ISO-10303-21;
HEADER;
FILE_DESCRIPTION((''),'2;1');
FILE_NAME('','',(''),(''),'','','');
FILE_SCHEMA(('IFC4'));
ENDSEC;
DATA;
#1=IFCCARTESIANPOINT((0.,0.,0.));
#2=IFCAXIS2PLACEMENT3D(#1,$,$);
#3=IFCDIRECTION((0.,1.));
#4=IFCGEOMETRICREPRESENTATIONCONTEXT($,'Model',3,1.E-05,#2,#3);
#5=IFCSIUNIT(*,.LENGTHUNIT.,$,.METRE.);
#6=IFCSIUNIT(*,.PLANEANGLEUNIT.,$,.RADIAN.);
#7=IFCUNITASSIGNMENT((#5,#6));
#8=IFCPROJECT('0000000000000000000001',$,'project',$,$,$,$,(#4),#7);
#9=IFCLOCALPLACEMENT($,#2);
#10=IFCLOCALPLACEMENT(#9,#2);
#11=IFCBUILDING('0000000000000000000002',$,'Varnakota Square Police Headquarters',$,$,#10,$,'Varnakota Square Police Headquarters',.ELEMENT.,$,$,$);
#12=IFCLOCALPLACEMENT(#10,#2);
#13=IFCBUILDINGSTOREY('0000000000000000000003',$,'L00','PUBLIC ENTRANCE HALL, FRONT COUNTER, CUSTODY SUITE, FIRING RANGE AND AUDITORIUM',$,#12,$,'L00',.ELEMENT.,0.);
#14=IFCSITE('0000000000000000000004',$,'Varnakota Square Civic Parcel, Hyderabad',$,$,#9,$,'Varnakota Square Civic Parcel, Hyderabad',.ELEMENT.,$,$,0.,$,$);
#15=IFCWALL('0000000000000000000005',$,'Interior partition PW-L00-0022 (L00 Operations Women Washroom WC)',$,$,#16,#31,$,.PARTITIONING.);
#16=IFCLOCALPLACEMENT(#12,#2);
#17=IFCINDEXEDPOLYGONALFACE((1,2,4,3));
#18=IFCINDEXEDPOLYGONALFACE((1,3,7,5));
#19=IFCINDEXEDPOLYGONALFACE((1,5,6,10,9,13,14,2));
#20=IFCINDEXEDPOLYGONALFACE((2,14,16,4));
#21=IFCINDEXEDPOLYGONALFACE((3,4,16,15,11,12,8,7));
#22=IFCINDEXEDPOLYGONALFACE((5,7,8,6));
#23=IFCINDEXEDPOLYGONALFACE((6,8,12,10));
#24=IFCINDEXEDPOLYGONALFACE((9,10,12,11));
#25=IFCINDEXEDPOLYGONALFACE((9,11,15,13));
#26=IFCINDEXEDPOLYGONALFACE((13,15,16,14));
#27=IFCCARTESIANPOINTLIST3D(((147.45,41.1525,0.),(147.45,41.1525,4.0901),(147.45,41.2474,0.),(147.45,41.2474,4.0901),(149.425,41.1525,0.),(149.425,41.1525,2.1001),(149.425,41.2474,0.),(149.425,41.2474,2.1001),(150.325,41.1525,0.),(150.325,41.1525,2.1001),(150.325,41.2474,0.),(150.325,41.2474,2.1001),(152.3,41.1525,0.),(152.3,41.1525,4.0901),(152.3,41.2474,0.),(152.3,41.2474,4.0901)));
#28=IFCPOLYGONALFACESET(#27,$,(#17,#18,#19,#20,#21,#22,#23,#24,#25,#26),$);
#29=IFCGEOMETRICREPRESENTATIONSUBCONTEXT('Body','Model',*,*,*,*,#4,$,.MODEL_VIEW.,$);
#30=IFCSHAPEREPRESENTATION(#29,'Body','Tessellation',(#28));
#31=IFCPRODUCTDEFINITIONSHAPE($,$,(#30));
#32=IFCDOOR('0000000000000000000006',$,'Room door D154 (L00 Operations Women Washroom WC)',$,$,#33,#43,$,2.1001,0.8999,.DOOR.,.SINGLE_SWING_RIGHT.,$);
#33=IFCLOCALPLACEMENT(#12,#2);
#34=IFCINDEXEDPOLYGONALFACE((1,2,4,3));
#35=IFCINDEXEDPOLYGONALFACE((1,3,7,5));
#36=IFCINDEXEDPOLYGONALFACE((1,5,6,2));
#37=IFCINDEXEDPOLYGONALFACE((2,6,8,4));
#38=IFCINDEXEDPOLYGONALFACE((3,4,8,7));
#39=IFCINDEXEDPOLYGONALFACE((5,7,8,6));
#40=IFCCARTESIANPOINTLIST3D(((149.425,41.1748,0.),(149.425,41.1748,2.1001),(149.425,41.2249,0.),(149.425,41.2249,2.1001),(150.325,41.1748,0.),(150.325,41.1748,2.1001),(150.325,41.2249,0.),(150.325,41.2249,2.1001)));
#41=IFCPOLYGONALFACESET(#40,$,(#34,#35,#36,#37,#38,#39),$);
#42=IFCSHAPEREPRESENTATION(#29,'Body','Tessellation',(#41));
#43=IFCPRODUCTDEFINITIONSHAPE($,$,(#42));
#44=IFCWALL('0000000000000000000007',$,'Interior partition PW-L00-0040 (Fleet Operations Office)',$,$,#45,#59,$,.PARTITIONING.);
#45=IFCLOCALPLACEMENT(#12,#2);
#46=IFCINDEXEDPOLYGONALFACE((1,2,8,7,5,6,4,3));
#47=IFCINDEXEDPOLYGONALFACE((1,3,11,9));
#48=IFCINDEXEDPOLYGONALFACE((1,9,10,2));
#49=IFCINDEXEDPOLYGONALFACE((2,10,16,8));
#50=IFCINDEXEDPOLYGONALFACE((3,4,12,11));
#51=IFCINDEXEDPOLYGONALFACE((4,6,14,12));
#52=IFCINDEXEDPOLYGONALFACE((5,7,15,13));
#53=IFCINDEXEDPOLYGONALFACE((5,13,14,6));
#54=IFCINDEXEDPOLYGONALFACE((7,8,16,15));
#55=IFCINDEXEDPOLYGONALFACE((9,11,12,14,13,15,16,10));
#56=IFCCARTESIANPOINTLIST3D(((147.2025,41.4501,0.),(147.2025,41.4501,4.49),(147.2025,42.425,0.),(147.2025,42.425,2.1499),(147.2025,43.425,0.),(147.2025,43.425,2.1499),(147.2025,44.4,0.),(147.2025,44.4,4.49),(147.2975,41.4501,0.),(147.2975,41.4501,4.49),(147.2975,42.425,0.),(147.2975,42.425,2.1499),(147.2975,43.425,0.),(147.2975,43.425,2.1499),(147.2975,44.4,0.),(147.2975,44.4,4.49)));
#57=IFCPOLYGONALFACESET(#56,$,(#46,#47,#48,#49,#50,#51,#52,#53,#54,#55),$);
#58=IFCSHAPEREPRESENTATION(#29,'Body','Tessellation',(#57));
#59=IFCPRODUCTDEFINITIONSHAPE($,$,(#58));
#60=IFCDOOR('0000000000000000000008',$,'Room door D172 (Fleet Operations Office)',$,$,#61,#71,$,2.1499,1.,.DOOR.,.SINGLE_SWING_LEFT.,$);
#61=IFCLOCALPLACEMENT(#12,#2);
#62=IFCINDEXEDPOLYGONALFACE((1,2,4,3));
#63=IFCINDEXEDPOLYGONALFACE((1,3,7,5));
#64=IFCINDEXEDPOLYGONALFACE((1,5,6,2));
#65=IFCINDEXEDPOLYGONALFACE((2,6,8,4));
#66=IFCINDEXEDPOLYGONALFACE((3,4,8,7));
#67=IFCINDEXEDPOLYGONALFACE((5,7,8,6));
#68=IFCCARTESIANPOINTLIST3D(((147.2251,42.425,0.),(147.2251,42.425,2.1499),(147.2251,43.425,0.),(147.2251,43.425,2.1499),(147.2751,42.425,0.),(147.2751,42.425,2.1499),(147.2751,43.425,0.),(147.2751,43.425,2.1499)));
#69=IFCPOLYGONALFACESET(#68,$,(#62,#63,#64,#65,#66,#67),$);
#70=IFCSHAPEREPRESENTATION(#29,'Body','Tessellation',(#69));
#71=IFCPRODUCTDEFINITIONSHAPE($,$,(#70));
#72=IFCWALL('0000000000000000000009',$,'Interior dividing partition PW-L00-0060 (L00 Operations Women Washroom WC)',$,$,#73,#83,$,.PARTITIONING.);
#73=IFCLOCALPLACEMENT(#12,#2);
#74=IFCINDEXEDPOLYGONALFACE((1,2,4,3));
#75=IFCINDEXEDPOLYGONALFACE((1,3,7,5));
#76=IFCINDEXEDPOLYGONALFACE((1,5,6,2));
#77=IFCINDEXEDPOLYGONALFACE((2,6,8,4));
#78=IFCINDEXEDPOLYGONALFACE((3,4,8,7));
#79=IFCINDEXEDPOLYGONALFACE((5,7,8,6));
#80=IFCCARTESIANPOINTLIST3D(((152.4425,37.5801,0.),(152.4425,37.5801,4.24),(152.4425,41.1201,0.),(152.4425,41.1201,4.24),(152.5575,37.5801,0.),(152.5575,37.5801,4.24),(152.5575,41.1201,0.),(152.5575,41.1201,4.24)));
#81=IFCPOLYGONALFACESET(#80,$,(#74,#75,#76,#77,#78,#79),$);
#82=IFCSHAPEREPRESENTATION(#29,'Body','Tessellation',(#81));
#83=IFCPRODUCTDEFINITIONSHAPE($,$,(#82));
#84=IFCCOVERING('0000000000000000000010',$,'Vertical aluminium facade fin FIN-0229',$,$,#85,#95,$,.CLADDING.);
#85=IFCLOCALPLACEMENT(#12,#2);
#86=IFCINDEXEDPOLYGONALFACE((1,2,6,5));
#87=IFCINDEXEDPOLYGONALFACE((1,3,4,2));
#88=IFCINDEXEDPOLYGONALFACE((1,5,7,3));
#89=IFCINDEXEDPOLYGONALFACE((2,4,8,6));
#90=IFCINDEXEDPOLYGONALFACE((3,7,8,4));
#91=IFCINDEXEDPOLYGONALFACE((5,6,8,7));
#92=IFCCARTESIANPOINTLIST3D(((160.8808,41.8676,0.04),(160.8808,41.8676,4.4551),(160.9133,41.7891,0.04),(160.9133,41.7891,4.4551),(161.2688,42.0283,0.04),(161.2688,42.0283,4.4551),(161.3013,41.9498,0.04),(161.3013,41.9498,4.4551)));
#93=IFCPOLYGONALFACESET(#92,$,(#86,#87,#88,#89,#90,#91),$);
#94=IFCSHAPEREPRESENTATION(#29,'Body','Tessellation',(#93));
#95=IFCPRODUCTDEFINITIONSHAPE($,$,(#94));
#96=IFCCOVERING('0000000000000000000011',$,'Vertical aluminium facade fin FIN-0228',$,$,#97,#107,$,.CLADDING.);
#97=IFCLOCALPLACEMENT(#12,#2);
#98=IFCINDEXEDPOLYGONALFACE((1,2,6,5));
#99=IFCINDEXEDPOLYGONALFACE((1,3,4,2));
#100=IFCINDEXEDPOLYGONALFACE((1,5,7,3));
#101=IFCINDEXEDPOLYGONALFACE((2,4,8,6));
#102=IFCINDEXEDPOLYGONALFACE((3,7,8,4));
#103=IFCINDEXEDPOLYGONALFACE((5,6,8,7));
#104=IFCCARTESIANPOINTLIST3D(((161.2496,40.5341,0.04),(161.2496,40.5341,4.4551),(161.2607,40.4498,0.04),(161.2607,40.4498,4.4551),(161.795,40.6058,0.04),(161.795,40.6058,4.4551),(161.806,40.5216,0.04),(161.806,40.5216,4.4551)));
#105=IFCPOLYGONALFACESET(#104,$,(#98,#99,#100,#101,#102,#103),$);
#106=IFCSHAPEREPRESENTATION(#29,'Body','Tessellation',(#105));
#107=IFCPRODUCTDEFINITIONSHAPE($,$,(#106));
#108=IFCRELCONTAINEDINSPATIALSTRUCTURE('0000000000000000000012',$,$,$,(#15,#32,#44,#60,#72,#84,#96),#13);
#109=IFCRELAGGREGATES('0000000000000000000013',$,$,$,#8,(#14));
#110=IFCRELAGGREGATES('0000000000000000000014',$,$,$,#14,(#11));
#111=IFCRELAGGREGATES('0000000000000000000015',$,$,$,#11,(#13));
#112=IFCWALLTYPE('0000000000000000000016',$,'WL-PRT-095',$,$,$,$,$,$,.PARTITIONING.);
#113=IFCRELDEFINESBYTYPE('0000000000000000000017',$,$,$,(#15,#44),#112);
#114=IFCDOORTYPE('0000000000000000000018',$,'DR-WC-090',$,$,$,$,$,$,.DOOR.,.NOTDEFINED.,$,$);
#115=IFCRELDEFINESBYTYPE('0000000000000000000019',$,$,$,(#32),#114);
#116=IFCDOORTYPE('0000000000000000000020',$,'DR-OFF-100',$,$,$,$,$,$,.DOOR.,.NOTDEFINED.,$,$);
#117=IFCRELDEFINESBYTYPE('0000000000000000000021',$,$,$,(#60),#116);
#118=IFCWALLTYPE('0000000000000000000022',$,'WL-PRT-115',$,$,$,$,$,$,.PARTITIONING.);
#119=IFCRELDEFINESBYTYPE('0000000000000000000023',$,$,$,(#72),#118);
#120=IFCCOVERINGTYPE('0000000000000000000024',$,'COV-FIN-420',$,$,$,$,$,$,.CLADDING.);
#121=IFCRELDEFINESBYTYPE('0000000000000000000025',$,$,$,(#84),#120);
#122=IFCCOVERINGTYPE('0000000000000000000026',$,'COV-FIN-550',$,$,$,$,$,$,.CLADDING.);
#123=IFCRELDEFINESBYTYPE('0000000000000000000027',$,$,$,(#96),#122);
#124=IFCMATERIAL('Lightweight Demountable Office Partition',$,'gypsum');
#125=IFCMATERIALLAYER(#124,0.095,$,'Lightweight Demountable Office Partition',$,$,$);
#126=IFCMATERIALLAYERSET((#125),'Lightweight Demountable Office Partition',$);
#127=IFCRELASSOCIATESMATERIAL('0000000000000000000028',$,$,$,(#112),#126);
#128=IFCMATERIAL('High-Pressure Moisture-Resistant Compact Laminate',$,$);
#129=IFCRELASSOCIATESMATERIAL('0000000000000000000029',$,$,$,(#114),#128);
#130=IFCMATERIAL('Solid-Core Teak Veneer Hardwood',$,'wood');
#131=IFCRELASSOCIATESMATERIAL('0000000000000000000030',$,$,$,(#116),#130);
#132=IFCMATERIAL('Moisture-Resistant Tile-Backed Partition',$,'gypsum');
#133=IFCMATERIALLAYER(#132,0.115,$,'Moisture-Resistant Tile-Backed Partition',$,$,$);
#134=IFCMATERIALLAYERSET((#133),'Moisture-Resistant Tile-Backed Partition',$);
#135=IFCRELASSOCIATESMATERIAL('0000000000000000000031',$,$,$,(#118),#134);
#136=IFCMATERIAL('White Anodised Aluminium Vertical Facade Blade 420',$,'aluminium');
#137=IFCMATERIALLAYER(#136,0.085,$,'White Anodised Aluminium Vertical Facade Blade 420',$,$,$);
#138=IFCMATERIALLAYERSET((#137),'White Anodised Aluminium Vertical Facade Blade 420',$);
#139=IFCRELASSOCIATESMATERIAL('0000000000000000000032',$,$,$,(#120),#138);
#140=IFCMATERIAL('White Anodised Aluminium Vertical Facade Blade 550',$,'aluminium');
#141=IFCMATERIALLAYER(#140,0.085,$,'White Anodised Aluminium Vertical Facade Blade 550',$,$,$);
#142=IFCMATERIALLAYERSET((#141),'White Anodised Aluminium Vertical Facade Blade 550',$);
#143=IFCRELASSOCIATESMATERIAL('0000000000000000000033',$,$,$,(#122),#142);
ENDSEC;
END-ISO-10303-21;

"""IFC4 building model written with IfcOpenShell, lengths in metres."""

from ifc_helpers import new_model, si_unit, direction, frame, frame_2d, origin, origin_2d, place, context, subcontext, project, spatial, rectangle, extrude, material, layer, layer_set, type_object, element, fill, save


model = new_model("IFC4")

# Units and contexts
model_context = context("Model", 3, precision=1e-05, world=origin(), true_north=direction((0.0, 1.0)))
body_context = subcontext(model_context, "Body", "Model", "MODEL_VIEW")
ifc_project = project(units=[si_unit("LENGTHUNIT", "METRE"), si_unit("PLANEANGLEUNIT", "RADIAN")], contexts=[model_context])

# Site, building, storey
site_placement = place(None, origin())
site = spatial("IfcSite", under=ifc_project, at=site_placement, Name="Varnakota Square Civic Parcel, Hyderabad", LongName="Varnakota Square Civic Parcel, Hyderabad", CompositionType="ELEMENT", RefElevation=0.0)
building_placement = place(site_placement, origin())
building = spatial("IfcBuilding", under=site, at=building_placement, Name="Varnakota Square Police Headquarters", LongName="Varnakota Square Police Headquarters", CompositionType="ELEMENT")
storey_placement = place(building_placement, origin())
storey = spatial("IfcBuildingStorey", under=building, at=storey_placement, Name="L00", Description="PUBLIC ENTRANCE HALL, FRONT COUNTER, CUSTODY SUITE, FIRING RANGE AND AUDITORIUM", LongName="L00", CompositionType="ELEMENT", Elevation=0.0)

# Walls, openings, doors
ifc_material_1 = material(Name="Lightweight Demountable Office Partition", Category="gypsum")
ifc_layer_1 = layer(ifc_material_1, 0.095, Name="Lightweight Demountable Office Partition")
ifc_layer_set_1 = layer_set([ifc_layer_1], Name="Lightweight Demountable Office Partition")
wall_type_1 = type_object("IfcWallType", Name="WL-PRT-095", PredefinedType="PARTITIONING", material=ifc_layer_set_1)
wall_1_placement = place(storey_placement, frame((147.45, 41.2, 0.0), z_axis=(0.0, 0.0, 1.0), x_axis=(1.0, 0.0, 0.0)))
wall_1 = element("IfcWall", 1, at=wall_1_placement, inside=storey, type_object=wall_type_1, Name="Interior partition PW-L00-0022 (L00 Operations Women Washroom WC)", PredefinedType="PARTITIONING", context=body_context, shape_type="SweptSolid", body=[
    extrude(rectangle(XDim=4.8501, YDim=0.095, at=frame_2d((2.425, 0.0))), origin(), (0.0, 0.0, 1.0), 4.0901),
])
opening_1_placement = place(wall_1_placement, frame((1.9751, 0.0, 0.0)))
opening_1 = element("IfcOpeningElement", 2, at=opening_1_placement, cuts=wall_1, PredefinedType="OPENING", context=body_context, shape_type="SweptSolid", body=[
    extrude(rectangle(XDim=0.8999, YDim=2.1001, at=frame_2d((0.45, 1.05))), frame((0.0, 0.0574, 0.0), z_axis=(0.0, -1.0, 0.0), x_axis=(1.0, 0.0, 0.0)), (0.0, 0.0, 1.0), 0.115),
])
ifc_material_2 = material(Name="High-Pressure Moisture-Resistant Compact Laminate")
door_type_1 = type_object("IfcDoorType", Name="DR-WC-090", OperationType="NOTDEFINED", PredefinedType="DOOR", material=ifc_material_2)
door_1_placement = place(opening_1_placement, origin())
door_1 = element("IfcDoor", 3, at=door_1_placement, inside=storey, type_object=door_type_1, Name="Room door D154 (L00 Operations Women Washroom WC)", OperationType="SINGLE_SWING_RIGHT", OverallHeight=2.1001, OverallWidth=0.8999, PredefinedType="DOOR", context=body_context, shape_type="SweptSolid", body=[
    extrude(rectangle(XDim=0.8999, YDim=2.1001, at=frame_2d((0.45, 1.05))), frame((0.0, 0.0249, 0.0), z_axis=(0.0, -1.0, 0.0), x_axis=(1.0, 0.0, 0.0)), (0.0, 0.0, 1.0), 0.05),
])
fill(opening_1, door_1)
wall_2_placement = place(storey_placement, frame((147.25, 41.45, 0.0), z_axis=(0.0, 0.0, 1.0), x_axis=(0.0, 1.0, 0.0)))
wall_2 = element("IfcWall", 4, at=wall_2_placement, inside=storey, type_object=wall_type_1, Name="Interior partition PW-L00-0040 (Fleet Operations Office)", PredefinedType="PARTITIONING", context=body_context, shape_type="SweptSolid", body=[
    extrude(rectangle(XDim=2.95, YDim=0.095, at=frame_2d((1.4751, 0.0))), origin(), (0.0, 0.0, 1.0), 4.49),
])
opening_2_placement = place(wall_2_placement, frame((0.9751, 0.0, 0.0)))
opening_2 = element("IfcOpeningElement", 5, at=opening_2_placement, cuts=wall_2, PredefinedType="OPENING", context=body_context, shape_type="SweptSolid", body=[
    extrude(rectangle(XDim=1.0, YDim=2.1499, at=frame_2d((0.5, 1.075))), frame((0.0, 0.0574, 0.0), z_axis=(0.0, -1.0, 0.0), x_axis=(1.0, 0.0, 0.0)), (0.0, 0.0, 1.0), 0.115),
])
ifc_material_3 = material(Name="Solid-Core Teak Veneer Hardwood", Category="wood")
door_type_2 = type_object("IfcDoorType", Name="DR-OFF-100", OperationType="NOTDEFINED", PredefinedType="DOOR", material=ifc_material_3)
door_2_placement = place(opening_2_placement, origin())
door_2 = element("IfcDoor", 6, at=door_2_placement, inside=storey, type_object=door_type_2, Name="Room door D172 (Fleet Operations Office)", OperationType="SINGLE_SWING_LEFT", OverallHeight=2.1499, OverallWidth=1.0, PredefinedType="DOOR", context=body_context, shape_type="SweptSolid", body=[
    extrude(rectangle(XDim=1.0, YDim=2.1499, at=frame_2d((0.5, 1.075))), frame((0.0, 0.0249, 0.0), z_axis=(0.0, -1.0, 0.0), x_axis=(1.0, 0.0, 0.0)), (0.0, 0.0, 1.0), 0.05),
])
fill(opening_2, door_2)

# Wall
ifc_material_4 = material(Name="Moisture-Resistant Tile-Backed Partition", Category="gypsum")
ifc_layer_2 = layer(ifc_material_4, 0.115, Name="Moisture-Resistant Tile-Backed Partition")
ifc_layer_set_2 = layer_set([ifc_layer_2], Name="Moisture-Resistant Tile-Backed Partition")
wall_type_2 = type_object("IfcWallType", Name="WL-PRT-115", PredefinedType="PARTITIONING", material=ifc_layer_set_2)
wall_3_placement = place(storey_placement, frame((152.5, 41.1201, 0.0), z_axis=(0.0, 0.0, 1.0), x_axis=(0.0, -1.0, 0.0)))
element("IfcWall", 7, at=wall_3_placement, inside=storey, type_object=wall_type_2, Name="Interior dividing partition PW-L00-0060 (L00 Operations Women Washroom WC)", PredefinedType="PARTITIONING", context=body_context, shape_type="SweptSolid", body=[
    extrude(rectangle(XDim=3.54, YDim=0.115, at=frame_2d((1.77, 0.0))), origin(), (0.0, 0.0, 1.0), 4.24),
])

# Coverings
ifc_material_5 = material(Name="White Anodised Aluminium Vertical Facade Blade 420", Category="aluminium")
ifc_layer_3 = layer(ifc_material_5, 0.085, Name="White Anodised Aluminium Vertical Facade Blade 420")
ifc_layer_set_3 = layer_set([ifc_layer_3], Name="White Anodised Aluminium Vertical Facade Blade 420")
covering_type_1 = type_object("IfcCoveringType", Name="COV-FIN-420", PredefinedType="CLADDING", material=ifc_layer_set_3)
covering_1_placement = place(storey_placement, frame((161.0911, 41.9087, 0.04), z_axis=(0.0, 0.0, 1.0), x_axis=(-0.382683, 0.92388, 0.0)))
element("IfcCovering", 8, at=covering_1_placement, inside=storey, type_object=covering_type_1, Name="Vertical aluminium facade fin FIN-0229", PredefinedType="CLADDING", context=body_context, shape_type="SweptSolid", body=[
    extrude(rectangle(XDim=0.085, YDim=0.4199, at=origin_2d()), origin(), (0.0, 0.0, 1.0), 4.415),
])
ifc_material_6 = material(Name="White Anodised Aluminium Vertical Facade Blade 550", Category="aluminium")
ifc_layer_4 = layer(ifc_material_6, 0.085, Name="White Anodised Aluminium Vertical Facade Blade 550")
ifc_layer_set_4 = layer_set([ifc_layer_4], Name="White Anodised Aluminium Vertical Facade Blade 550")
covering_type_2 = type_object("IfcCoveringType", Name="COV-FIN-550", PredefinedType="CLADDING", material=ifc_layer_set_4)
covering_2_placement = place(storey_placement, frame((161.5278, 40.5278, 0.04), z_axis=(0.0, 0.0, 1.0), x_axis=(-0.130526, 0.991445, 0.0)))
element("IfcCovering", 9, at=covering_2_placement, inside=storey, type_object=covering_type_2, Name="Vertical aluminium facade fin FIN-0228", PredefinedType="CLADDING", context=body_context, shape_type="SweptSolid", body=[
    extrude(rectangle(XDim=0.085, YDim=0.55, at=origin_2d()), origin(), (0.0, 0.0, 1.0), 4.415),
])

save(model, "model.ifc")
